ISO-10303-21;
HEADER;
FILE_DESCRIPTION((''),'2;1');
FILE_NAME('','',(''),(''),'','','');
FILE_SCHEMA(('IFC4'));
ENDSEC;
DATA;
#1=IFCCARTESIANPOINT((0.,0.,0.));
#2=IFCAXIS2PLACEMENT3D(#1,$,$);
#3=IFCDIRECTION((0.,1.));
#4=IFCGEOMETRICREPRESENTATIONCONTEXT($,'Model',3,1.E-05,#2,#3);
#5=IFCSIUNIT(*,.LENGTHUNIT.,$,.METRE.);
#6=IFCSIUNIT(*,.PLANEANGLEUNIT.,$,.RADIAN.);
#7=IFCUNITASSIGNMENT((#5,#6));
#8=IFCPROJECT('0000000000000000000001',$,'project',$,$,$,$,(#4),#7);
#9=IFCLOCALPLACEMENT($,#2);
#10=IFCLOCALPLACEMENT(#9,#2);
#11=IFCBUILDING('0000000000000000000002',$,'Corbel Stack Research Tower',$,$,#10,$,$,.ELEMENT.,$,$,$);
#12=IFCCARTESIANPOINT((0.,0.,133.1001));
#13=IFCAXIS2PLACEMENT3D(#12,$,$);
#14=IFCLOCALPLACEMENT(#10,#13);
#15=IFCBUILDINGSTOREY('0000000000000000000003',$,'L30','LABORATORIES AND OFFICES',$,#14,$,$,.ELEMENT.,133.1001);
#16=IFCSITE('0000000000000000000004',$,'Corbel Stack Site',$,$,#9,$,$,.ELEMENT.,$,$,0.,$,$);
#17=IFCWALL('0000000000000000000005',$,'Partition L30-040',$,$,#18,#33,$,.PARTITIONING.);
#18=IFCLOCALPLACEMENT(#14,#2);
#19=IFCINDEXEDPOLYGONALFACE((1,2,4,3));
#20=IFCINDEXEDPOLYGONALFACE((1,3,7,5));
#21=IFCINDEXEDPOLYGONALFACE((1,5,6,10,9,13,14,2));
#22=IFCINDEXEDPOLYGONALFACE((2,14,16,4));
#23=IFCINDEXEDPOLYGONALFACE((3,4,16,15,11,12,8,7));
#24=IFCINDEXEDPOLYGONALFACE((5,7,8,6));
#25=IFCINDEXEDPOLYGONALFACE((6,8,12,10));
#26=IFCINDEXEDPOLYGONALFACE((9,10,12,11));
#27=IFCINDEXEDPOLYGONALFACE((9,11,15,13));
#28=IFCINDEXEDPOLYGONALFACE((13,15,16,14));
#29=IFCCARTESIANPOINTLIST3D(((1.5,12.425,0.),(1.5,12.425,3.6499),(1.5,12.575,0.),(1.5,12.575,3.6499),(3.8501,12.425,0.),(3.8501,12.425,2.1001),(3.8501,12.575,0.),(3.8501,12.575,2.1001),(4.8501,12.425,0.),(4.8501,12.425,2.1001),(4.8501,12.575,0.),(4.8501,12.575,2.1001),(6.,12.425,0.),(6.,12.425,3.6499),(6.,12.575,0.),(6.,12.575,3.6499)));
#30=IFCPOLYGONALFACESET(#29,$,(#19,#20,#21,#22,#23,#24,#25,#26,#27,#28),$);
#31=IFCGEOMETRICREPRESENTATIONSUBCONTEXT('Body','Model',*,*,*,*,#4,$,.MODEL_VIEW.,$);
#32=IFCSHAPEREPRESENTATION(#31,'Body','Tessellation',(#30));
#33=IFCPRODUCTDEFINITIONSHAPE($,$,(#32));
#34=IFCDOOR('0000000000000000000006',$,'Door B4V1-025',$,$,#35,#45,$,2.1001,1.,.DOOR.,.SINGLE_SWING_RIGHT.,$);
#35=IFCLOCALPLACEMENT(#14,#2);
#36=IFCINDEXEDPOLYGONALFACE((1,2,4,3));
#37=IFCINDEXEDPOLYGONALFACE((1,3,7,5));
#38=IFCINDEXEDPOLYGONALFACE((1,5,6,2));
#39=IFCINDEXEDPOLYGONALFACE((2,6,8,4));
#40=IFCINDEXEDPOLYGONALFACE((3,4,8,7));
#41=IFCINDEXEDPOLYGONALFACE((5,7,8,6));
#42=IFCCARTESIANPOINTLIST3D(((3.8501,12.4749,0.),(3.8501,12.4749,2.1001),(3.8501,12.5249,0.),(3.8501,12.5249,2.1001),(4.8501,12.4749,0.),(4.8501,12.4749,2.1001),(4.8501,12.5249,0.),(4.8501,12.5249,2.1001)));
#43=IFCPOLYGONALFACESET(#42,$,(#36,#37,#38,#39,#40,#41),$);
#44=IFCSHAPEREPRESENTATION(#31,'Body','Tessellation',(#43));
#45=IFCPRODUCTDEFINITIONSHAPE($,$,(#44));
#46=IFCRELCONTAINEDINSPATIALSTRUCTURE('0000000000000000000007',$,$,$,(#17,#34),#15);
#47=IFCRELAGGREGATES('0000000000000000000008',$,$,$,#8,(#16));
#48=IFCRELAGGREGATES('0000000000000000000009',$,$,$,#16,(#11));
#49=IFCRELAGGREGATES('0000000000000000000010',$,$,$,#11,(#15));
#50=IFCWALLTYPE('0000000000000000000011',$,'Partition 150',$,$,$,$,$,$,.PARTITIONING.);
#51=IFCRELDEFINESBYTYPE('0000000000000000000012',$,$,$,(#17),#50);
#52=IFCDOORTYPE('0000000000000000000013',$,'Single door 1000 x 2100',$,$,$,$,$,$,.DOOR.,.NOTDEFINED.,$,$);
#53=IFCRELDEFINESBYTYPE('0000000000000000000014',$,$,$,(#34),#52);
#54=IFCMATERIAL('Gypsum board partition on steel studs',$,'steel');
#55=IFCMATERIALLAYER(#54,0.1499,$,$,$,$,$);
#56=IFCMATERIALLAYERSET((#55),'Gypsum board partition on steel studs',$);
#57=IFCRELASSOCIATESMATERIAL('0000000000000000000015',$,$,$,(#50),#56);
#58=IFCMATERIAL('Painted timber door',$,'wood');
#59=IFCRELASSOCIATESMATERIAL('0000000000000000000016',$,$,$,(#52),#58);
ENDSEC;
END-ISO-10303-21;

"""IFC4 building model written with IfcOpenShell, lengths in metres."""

from ifc_helpers import new_model, si_unit, direction, frame, frame_2d, origin, place, context, subcontext, project, spatial, rectangle, extrude, material, layer, layer_set, type_object, element, fill, save


model = new_model("IFC4")

# Units and contexts
model_context = context("Model", 3, precision=1e-05, world=origin(), true_north=direction((0.0, 1.0)))
body_context = subcontext(model_context, "Body", "Model", "MODEL_VIEW")
ifc_project = project(units=[si_unit("LENGTHUNIT", "METRE"), si_unit("PLANEANGLEUNIT", "RADIAN")], contexts=[model_context])

# Site, building, storey
site_placement = place(None, origin())
site = spatial("IfcSite", under=ifc_project, at=site_placement, Name="Corbel Stack Site", CompositionType="ELEMENT", RefElevation=0.0)
building_placement = place(site_placement, origin())
building = spatial("IfcBuilding", under=site, at=building_placement, Name="Corbel Stack Research Tower", CompositionType="ELEMENT")
storey_placement = place(building_placement, frame((0.0, 0.0, 133.1001)))
storey = spatial("IfcBuildingStorey", under=building, at=storey_placement, Name="L30", Description="LABORATORIES AND OFFICES", CompositionType="ELEMENT", Elevation=133.1001)

# Shared definitions
ifc_material_1 = material(Name="Gypsum board partition on steel studs", Category="steel")
ifc_layer_1 = layer(ifc_material_1, 0.1499)
ifc_layer_set_1 = layer_set([ifc_layer_1], Name="Gypsum board partition on steel studs")
wall_type_1 = type_object("IfcWallType", Name="Partition 150", PredefinedType="PARTITIONING", material=ifc_layer_set_1)

# Wall, opening, door
wall_1_placement = place(storey_placement, frame((1.5, 12.5, 0.0), z_axis=(0.0, 0.0, 1.0), x_axis=(1.0, 0.0, 0.0)))
wall_1 = element("IfcWall", 1, at=wall_1_placement, inside=storey, type_object=wall_type_1, Name="Partition L30-040", PredefinedType="PARTITIONING", context=body_context, shape_type="SweptSolid", body=[
    extrude(rectangle(XDim=4.5, YDim=0.1499, at=frame_2d((2.25, 0.0))), origin(), (0.0, 0.0, 1.0), 3.6499),
])
opening_1_placement = place(wall_1_placement, frame((2.3501, 0.0, 0.0)))
opening_1 = element("IfcOpeningElement", 2, at=opening_1_placement, cuts=wall_1, PredefinedType="OPENING", context=body_context, shape_type="SweptSolid", body=[
    extrude(rectangle(XDim=1.0, YDim=2.1001, at=frame_2d((0.5, 1.05))), frame((0.0, 0.085, 0.0), z_axis=(0.0, -1.0, 0.0), x_axis=(1.0, 0.0, 0.0)), (0.0, 0.0, 1.0), 0.1699),
])
ifc_material_2 = material(Name="Painted timber door", Category="wood")
door_type_1 = type_object("IfcDoorType", Name="Single door 1000 x 2100", OperationType="NOTDEFINED", PredefinedType="DOOR", material=ifc_material_2)
door_1_placement = place(opening_1_placement, origin())
door_1 = element("IfcDoor", 3, at=door_1_placement, inside=storey, type_object=door_type_1, Name="Door B4V1-025", OperationType="SINGLE_SWING_RIGHT", OverallHeight=2.1001, OverallWidth=1.0, PredefinedType="DOOR", context=body_context, shape_type="SweptSolid", body=[
    extrude(rectangle(XDim=1.0, YDim=2.1001, at=frame_2d((0.5, 1.05))), frame((0.0, 0.0249, 0.0), z_axis=(0.0, -1.0, 0.0), x_axis=(1.0, 0.0, 0.0)), (0.0, 0.0, 1.0), 0.05),
])
fill(opening_1, door_1)

save(model, "model.ifc")
